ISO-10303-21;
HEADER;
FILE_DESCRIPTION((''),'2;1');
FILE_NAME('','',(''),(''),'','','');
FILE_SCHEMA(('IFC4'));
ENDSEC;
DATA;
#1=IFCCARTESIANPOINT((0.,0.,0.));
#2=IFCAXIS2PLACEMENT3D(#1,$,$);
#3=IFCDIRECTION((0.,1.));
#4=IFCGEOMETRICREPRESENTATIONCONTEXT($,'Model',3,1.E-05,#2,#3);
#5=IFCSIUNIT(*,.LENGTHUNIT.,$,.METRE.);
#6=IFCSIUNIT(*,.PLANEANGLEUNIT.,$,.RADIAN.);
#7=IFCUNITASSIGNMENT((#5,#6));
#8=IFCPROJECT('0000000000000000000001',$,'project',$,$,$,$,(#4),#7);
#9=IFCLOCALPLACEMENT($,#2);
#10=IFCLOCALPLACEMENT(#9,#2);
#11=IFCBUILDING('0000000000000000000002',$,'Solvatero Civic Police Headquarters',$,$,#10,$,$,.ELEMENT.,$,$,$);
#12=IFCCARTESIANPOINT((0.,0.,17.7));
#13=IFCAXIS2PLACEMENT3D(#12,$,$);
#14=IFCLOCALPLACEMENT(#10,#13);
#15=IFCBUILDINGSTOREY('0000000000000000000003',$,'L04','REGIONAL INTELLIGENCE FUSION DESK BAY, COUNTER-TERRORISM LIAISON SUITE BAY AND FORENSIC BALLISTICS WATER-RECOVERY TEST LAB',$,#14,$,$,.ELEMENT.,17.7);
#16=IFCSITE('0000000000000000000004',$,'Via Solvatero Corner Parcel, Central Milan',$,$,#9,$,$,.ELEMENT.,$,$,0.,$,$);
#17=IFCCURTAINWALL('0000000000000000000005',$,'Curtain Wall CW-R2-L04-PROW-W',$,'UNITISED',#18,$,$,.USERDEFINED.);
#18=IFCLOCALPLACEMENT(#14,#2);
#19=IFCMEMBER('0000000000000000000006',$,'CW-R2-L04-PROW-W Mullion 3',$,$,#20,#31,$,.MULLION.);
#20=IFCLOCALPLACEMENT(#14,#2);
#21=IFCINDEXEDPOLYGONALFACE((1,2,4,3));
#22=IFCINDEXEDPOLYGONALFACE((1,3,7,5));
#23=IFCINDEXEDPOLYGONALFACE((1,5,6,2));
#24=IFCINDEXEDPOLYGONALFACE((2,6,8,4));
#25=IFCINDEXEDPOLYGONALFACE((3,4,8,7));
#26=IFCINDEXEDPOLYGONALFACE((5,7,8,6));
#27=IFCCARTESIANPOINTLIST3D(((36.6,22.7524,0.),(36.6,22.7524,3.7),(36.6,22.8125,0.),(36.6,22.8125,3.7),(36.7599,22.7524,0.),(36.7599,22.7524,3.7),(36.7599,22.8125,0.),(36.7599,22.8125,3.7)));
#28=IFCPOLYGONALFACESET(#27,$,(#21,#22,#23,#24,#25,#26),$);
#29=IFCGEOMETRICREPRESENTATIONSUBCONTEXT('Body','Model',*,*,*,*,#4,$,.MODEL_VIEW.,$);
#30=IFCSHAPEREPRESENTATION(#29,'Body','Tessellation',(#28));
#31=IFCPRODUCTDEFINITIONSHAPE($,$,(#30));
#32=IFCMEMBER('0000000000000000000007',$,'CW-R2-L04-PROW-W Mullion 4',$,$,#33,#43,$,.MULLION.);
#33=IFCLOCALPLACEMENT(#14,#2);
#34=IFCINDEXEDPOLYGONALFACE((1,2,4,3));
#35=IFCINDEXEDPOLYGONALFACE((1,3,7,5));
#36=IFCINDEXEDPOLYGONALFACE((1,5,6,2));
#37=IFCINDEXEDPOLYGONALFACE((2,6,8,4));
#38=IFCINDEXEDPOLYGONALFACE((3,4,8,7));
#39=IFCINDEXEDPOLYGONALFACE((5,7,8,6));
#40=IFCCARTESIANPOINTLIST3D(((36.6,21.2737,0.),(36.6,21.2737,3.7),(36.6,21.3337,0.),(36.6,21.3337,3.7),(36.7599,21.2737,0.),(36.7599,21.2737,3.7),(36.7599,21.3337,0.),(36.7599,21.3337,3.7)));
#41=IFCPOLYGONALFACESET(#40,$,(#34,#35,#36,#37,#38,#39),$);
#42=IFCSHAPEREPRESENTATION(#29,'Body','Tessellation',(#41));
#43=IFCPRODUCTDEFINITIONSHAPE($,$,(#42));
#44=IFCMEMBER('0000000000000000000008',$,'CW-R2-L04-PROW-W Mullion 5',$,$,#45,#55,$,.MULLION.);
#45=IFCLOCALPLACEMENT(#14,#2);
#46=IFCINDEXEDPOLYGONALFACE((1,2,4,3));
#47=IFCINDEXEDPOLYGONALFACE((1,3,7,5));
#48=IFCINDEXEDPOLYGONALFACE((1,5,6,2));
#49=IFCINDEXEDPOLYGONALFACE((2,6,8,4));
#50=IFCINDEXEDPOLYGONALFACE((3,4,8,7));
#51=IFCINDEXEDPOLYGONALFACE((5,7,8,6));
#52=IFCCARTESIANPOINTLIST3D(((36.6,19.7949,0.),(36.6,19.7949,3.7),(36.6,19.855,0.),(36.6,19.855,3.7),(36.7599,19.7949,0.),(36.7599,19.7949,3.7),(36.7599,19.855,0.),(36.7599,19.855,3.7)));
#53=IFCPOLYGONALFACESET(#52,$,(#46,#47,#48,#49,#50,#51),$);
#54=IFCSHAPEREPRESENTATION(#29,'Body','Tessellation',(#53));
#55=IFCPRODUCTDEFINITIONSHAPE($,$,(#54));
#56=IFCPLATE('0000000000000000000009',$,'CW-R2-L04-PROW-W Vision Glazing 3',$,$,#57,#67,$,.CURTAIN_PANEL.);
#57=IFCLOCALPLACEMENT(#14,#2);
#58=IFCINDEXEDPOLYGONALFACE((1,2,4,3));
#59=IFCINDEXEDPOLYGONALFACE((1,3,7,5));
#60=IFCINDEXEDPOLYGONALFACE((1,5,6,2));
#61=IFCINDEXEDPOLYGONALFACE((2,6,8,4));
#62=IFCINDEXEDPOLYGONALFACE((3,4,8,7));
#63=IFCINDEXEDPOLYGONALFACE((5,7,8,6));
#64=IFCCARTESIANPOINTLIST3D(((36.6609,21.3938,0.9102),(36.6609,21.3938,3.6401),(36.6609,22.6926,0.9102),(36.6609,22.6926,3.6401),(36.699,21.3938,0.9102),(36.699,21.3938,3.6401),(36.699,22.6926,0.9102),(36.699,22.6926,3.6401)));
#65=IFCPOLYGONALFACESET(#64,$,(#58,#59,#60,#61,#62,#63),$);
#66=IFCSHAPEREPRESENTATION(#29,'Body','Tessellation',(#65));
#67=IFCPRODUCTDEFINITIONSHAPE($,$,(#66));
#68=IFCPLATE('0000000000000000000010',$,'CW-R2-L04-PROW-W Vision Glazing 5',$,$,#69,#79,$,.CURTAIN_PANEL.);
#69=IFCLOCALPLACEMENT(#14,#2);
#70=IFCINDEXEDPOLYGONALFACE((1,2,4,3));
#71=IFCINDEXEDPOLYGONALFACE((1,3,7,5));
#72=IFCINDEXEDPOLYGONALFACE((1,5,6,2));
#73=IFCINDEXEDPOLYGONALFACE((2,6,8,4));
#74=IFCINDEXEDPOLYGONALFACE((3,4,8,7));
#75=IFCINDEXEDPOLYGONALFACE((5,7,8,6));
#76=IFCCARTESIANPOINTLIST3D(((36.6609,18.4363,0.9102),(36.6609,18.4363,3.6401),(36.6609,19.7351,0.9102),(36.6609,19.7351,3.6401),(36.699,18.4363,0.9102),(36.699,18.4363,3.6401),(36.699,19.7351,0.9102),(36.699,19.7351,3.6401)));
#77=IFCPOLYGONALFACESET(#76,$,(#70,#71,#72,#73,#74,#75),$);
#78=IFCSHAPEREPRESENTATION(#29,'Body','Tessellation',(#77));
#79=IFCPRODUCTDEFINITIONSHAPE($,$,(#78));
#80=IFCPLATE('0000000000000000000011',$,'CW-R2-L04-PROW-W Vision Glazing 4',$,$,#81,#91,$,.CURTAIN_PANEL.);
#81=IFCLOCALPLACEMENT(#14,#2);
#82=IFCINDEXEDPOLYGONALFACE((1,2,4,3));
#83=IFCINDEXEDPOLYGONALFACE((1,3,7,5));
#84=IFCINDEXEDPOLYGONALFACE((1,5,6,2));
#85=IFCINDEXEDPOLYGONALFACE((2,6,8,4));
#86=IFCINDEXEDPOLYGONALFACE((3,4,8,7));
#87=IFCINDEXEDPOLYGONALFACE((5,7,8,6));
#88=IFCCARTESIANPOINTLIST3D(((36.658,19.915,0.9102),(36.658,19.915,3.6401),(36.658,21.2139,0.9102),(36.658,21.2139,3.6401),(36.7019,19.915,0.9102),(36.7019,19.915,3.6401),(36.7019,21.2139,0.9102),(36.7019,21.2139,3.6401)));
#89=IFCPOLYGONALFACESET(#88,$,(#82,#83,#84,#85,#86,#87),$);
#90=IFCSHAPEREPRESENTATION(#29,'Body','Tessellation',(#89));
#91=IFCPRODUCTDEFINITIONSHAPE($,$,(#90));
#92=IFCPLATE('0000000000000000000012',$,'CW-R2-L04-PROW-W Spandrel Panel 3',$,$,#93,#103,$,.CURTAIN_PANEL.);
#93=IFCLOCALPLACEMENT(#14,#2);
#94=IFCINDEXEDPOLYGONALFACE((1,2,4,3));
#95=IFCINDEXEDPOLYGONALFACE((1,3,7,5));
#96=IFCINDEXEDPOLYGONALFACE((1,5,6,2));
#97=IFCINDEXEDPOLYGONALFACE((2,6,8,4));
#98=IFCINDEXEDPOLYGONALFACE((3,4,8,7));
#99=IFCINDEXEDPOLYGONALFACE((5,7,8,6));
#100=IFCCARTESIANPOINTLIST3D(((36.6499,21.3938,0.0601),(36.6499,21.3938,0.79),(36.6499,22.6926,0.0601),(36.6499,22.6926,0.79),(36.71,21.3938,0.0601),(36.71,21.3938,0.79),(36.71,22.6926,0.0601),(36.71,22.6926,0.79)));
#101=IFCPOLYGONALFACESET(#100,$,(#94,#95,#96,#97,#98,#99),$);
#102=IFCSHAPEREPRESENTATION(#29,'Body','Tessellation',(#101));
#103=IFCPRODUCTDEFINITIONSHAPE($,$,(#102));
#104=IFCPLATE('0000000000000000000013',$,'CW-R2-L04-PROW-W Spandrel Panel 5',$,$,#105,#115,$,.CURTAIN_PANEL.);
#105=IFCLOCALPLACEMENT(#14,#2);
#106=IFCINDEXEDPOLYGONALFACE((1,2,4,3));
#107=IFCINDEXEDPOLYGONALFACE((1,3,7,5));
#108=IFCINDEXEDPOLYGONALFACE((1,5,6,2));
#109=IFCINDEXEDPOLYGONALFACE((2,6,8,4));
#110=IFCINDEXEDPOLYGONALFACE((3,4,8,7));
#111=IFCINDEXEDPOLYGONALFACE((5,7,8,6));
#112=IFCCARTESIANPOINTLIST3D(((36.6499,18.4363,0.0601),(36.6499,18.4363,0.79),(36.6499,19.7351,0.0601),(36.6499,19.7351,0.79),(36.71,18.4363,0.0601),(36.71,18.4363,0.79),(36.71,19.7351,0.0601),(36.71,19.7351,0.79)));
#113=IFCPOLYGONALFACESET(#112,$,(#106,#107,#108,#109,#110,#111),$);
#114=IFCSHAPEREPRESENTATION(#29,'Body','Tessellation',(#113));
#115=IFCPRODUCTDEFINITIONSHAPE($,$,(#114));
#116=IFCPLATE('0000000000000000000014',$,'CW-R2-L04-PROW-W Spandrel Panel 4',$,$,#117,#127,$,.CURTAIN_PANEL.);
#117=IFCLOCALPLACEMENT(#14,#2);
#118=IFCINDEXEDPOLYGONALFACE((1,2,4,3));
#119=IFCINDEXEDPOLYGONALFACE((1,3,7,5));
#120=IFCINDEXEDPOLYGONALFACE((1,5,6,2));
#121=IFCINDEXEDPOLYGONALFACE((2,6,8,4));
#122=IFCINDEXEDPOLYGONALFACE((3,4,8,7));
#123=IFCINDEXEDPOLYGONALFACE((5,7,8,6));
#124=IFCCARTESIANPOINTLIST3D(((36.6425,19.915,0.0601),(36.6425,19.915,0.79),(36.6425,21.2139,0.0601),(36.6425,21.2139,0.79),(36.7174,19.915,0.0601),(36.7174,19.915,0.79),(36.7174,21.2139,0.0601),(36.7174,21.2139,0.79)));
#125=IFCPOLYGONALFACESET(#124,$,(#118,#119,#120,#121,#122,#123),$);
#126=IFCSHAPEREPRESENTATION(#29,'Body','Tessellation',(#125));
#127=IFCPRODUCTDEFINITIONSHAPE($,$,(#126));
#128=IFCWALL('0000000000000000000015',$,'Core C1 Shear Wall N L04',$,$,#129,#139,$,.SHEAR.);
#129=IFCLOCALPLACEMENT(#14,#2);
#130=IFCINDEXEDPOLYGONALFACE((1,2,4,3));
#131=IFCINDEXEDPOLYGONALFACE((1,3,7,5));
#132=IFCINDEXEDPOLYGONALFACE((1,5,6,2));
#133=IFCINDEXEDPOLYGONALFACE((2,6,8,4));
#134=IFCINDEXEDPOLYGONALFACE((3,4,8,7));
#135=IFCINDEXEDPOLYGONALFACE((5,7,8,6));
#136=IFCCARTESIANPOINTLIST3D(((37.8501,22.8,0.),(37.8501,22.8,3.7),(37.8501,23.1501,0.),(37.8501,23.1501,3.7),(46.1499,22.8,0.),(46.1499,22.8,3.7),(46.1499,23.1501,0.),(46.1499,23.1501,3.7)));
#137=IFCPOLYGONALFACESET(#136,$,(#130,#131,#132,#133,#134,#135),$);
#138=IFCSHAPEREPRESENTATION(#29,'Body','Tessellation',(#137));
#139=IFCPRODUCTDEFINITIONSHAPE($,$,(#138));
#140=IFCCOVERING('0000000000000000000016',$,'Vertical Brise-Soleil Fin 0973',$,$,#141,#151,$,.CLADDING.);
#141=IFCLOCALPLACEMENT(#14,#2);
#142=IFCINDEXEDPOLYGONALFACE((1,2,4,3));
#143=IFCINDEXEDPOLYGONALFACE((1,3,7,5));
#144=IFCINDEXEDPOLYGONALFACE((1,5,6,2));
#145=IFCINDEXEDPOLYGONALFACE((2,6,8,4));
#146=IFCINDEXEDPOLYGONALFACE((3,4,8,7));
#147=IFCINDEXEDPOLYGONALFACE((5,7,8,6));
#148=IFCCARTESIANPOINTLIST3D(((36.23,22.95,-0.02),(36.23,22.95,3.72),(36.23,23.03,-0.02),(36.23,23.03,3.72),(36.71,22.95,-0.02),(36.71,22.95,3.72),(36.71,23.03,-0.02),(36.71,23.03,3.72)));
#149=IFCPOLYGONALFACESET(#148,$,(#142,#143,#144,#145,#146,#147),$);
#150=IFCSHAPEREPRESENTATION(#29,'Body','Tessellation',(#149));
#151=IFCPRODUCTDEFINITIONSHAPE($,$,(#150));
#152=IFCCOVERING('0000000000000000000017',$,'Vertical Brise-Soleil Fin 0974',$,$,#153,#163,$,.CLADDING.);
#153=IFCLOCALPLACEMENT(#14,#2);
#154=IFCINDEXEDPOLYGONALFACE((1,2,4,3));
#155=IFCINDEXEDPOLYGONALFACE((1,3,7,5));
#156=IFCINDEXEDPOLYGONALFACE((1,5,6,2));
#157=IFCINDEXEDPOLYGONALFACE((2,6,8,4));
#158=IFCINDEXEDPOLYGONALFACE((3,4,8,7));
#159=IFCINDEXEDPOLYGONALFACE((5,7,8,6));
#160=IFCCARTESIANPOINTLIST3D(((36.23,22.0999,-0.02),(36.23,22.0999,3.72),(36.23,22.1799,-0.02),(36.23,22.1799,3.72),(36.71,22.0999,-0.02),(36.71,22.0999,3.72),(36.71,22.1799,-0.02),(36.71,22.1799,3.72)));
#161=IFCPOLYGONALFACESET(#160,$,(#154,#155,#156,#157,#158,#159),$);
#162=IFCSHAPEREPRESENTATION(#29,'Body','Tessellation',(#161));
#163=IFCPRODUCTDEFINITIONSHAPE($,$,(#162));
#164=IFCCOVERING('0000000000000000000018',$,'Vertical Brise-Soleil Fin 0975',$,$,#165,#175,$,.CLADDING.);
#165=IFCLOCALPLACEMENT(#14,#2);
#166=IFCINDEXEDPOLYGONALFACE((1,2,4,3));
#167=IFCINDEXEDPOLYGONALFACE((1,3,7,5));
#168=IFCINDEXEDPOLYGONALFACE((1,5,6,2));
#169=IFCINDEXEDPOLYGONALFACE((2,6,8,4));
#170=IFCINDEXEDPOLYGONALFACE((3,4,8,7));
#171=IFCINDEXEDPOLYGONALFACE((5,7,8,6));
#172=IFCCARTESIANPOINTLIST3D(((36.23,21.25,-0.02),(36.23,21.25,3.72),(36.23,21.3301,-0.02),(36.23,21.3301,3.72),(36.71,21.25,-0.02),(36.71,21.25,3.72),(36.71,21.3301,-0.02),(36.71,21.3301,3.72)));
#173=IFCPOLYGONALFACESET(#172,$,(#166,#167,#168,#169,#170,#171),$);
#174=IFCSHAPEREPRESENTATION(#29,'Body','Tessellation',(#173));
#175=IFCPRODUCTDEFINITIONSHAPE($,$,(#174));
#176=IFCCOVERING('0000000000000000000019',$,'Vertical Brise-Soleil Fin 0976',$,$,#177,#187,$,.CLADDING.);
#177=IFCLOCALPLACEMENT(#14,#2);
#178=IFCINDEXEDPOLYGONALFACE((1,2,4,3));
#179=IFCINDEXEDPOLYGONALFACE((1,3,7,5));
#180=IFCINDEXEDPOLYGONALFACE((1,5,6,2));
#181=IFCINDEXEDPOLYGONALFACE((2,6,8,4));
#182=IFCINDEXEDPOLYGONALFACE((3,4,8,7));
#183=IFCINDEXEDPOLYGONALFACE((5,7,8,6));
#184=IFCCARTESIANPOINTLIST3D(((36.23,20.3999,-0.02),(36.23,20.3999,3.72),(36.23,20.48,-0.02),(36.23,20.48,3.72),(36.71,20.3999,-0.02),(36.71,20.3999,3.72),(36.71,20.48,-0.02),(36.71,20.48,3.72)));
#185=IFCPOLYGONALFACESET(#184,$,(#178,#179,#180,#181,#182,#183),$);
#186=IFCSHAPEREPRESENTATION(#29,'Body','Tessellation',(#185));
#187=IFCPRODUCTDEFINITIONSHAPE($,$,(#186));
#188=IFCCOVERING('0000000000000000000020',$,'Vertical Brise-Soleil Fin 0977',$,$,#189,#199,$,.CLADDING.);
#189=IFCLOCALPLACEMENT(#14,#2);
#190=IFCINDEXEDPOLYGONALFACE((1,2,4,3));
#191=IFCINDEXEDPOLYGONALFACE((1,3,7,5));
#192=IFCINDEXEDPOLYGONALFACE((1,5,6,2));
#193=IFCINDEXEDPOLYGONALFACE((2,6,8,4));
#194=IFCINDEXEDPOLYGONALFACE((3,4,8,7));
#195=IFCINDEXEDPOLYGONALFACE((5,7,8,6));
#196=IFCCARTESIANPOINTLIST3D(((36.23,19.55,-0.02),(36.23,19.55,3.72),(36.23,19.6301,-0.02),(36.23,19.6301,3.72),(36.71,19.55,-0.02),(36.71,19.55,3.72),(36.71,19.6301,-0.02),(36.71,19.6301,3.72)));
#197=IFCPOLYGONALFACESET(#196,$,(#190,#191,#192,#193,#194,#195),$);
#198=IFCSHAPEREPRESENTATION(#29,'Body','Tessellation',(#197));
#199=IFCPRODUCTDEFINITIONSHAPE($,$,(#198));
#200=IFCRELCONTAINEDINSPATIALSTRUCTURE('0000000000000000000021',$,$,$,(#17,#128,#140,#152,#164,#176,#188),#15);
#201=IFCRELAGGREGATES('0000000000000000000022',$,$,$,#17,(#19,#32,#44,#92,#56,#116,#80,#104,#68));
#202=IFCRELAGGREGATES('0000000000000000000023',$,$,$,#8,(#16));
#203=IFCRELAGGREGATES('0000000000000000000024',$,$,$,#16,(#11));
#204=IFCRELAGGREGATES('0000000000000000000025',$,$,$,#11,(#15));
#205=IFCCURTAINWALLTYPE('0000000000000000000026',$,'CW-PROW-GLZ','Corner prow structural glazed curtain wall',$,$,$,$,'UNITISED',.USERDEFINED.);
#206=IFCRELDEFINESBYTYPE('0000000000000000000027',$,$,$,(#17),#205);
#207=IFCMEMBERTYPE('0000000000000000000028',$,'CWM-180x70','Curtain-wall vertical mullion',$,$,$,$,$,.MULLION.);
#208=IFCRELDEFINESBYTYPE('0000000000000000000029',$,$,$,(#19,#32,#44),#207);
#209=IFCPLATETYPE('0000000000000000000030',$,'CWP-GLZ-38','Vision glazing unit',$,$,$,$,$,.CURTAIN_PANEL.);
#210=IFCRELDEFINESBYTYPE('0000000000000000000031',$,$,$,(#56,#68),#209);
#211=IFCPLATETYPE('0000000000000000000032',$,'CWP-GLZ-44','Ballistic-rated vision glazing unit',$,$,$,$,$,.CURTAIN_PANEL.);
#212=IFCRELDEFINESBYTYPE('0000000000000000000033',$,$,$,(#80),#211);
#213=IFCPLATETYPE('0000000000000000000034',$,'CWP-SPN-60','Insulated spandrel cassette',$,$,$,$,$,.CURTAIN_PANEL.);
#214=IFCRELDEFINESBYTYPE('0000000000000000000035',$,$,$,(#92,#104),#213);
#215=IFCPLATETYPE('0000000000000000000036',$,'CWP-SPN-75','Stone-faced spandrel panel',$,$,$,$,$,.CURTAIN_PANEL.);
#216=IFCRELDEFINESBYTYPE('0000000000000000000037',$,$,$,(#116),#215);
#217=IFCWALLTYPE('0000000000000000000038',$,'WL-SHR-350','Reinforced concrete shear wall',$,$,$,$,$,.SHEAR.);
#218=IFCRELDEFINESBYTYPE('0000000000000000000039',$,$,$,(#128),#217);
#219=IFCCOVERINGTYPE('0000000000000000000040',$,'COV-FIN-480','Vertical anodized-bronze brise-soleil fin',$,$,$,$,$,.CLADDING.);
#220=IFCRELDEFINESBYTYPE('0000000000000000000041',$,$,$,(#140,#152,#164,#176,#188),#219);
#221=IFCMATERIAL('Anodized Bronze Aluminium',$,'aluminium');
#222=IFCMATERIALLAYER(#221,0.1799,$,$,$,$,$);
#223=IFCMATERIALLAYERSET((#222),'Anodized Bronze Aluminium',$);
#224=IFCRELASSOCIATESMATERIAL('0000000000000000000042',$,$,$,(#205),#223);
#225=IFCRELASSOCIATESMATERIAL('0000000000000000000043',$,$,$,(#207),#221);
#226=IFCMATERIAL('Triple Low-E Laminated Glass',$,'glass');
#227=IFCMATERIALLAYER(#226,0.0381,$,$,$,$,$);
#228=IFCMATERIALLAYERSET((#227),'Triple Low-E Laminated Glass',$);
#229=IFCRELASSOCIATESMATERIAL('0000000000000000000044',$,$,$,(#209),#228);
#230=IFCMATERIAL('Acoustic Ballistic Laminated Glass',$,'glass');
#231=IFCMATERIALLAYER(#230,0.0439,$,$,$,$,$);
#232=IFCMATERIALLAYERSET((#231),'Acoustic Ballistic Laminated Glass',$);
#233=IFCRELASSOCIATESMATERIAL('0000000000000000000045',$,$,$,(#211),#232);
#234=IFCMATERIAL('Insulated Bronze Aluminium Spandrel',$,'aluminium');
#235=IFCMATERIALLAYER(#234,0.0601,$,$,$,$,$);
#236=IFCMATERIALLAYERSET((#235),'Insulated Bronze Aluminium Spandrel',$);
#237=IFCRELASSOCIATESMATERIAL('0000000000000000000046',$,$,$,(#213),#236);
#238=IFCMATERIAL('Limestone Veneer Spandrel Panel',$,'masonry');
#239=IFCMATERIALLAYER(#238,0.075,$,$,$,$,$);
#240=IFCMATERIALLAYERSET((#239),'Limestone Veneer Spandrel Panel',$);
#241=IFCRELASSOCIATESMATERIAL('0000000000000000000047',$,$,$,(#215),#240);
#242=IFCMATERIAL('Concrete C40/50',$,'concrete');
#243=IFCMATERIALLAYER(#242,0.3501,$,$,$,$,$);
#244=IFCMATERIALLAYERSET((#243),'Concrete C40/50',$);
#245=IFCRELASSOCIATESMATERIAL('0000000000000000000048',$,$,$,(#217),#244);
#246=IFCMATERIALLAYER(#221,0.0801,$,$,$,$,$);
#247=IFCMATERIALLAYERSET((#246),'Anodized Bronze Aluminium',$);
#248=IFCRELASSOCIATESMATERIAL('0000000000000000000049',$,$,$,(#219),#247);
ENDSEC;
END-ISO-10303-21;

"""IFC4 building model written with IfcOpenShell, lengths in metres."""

from ifc_helpers import new_model, si_unit, direction, frame, frame_2d, origin, origin_2d, place, context, subcontext, project, spatial, rectangle, extrude, material, layer, layer_set, material_profile, profile_set, type_object, element, aggregate, save


model = new_model("IFC4")

# Units and contexts
model_context = context("Model", 3, precision=1e-05, world=origin(), true_north=direction((0.0, 1.0)))
body_context = subcontext(model_context, "Body", "Model", "MODEL_VIEW")
ifc_project = project(units=[si_unit("LENGTHUNIT", "METRE"), si_unit("PLANEANGLEUNIT", "RADIAN")], contexts=[model_context])

# Site, building, storey
site_placement = place(None, origin())
site = spatial("IfcSite", under=ifc_project, at=site_placement, Name="Via Solvatero Corner Parcel, Central Milan", CompositionType="ELEMENT", RefElevation=0.0)
building_placement = place(site_placement, origin())
building = spatial("IfcBuilding", under=site, at=building_placement, Name="Solvatero Civic Police Headquarters", CompositionType="ELEMENT")
storey_placement = place(building_placement, frame((0.0, 0.0, 17.7)))
storey = spatial("IfcBuildingStorey", under=building, at=storey_placement, Name="L04", Description="REGIONAL INTELLIGENCE FUSION DESK BAY, COUNTER-TERRORISM LIAISON SUITE BAY AND FORENSIC BALLISTICS WATER-RECOVERY TEST LAB", CompositionType="ELEMENT", Elevation=17.7)

# Curtain wall, members, plates
ifc_material_1 = material(Name="Anodized Bronze Aluminium", Category="aluminium")
ifc_layer_1 = layer(ifc_material_1, 0.1799)
ifc_layer_set_1 = layer_set([ifc_layer_1], Name="Anodized Bronze Aluminium")
curtain_wall_type = type_object("IfcCurtainWallType", Name="CW-PROW-GLZ", Description="Corner prow structural glazed curtain wall", ElementType="UNITISED", PredefinedType="USERDEFINED", material=ifc_layer_set_1)
curtain_wall_placement = place(storey_placement, origin())
curtain_wall = element("IfcCurtainWall", 1, at=curtain_wall_placement, inside=storey, type_object=curtain_wall_type, Name="Curtain Wall CW-R2-L04-PROW-W", ObjectType="UNITISED", PredefinedType="USERDEFINED")
ifc_material_profile = material_profile(ifc_material_1, rectangle(XDim=0.0601, YDim=0.1599, at=origin_2d()), Name="ALU MULLION 60x160")
ifc_profile_set = profile_set([ifc_material_profile], Name="Anodized Bronze Aluminium")
member_type = type_object("IfcMemberType", Name="CWM-180x70", Description="Curtain-wall vertical mullion", PredefinedType="MULLION", material=ifc_profile_set)
member_1_placement = place(storey_placement, frame((36.6799, 22.7825, 0.0), z_axis=(0.0, 0.0, 1.0), x_axis=(0.0, -1.0, 0.0)))
member_1 = element("IfcMember", 2, at=member_1_placement, type_object=member_type, Name="CW-R2-L04-PROW-W Mullion 3", PredefinedType="MULLION", context=body_context, shape_type="SweptSolid", body=[
    extrude(rectangle(XDim=0.0601, YDim=0.1599, at=origin_2d()), origin(), (0.0, 0.0, 1.0), 3.7),
])
member_2_placement = place(storey_placement, frame((36.6799, 21.3037, 0.0), z_axis=(0.0, 0.0, 1.0), x_axis=(0.0, -1.0, 0.0)))
member_2 = element("IfcMember", 3, at=member_2_placement, type_object=member_type, Name="CW-R2-L04-PROW-W Mullion 4", PredefinedType="MULLION", context=body_context, shape_type="SweptSolid", body=[
    extrude(rectangle(XDim=0.0601, YDim=0.1599, at=origin_2d()), origin(), (0.0, 0.0, 1.0), 3.7),
])
member_3_placement = place(storey_placement, frame((36.6799, 19.825, 0.0), z_axis=(0.0, 0.0, 1.0), x_axis=(0.0, -1.0, 0.0)))
member_3 = element("IfcMember", 4, at=member_3_placement, type_object=member_type, Name="CW-R2-L04-PROW-W Mullion 5", PredefinedType="MULLION", context=body_context, shape_type="SweptSolid", body=[
    extrude(rectangle(XDim=0.0601, YDim=0.1599, at=origin_2d()), origin(), (0.0, 0.0, 1.0), 3.7),
])
ifc_material_2 = material(Name="Triple Low-E Laminated Glass", Category="glass")
ifc_layer_2 = layer(ifc_material_2, 0.0381)
ifc_layer_set_2 = layer_set([ifc_layer_2], Name="Triple Low-E Laminated Glass")
plate_type_1 = type_object("IfcPlateType", Name="CWP-GLZ-38", Description="Vision glazing unit", PredefinedType="CURTAIN_PANEL", material=ifc_layer_set_2)
plate_1_placement = place(storey_placement, frame((36.6799, 22.0432, 0.9102), z_axis=(0.0, 0.0, 1.0), x_axis=(0.0, -1.0, 0.0)))
plate_1 = element("IfcPlate", 5, at=plate_1_placement, type_object=plate_type_1, Name="CW-R2-L04-PROW-W Vision Glazing 3", PredefinedType="CURTAIN_PANEL", context=body_context, shape_type="SweptSolid", body=[
    extrude(rectangle(XDim=1.2988, YDim=0.0381, at=origin_2d()), origin(), (0.0, 0.0, 1.0), 2.73),
])
plate_2_placement = place(storey_placement, frame((36.6799, 19.0857, 0.9102), z_axis=(0.0, 0.0, 1.0), x_axis=(0.0, -1.0, 0.0)))
plate_2 = element("IfcPlate", 6, at=plate_2_placement, type_object=plate_type_1, Name="CW-R2-L04-PROW-W Vision Glazing 5", PredefinedType="CURTAIN_PANEL", context=body_context, shape_type="SweptSolid", body=[
    extrude(rectangle(XDim=1.2988, YDim=0.0381, at=origin_2d()), origin(), (0.0, 0.0, 1.0), 2.73),
])
ifc_material_3 = material(Name="Acoustic Ballistic Laminated Glass", Category="glass")
ifc_layer_3 = layer(ifc_material_3, 0.0439)
ifc_layer_set_3 = layer_set([ifc_layer_3], Name="Acoustic Ballistic Laminated Glass")
plate_type_2 = type_object("IfcPlateType", Name="CWP-GLZ-44", Description="Ballistic-rated vision glazing unit", PredefinedType="CURTAIN_PANEL", material=ifc_layer_set_3)
plate_3_placement = place(storey_placement, frame((36.6799, 20.5645, 0.9102), z_axis=(0.0, 0.0, 1.0), x_axis=(0.0, -1.0, 0.0)))
plate_3 = element("IfcPlate", 7, at=plate_3_placement, type_object=plate_type_2, Name="CW-R2-L04-PROW-W Vision Glazing 4", PredefinedType="CURTAIN_PANEL", context=body_context, shape_type="SweptSolid", body=[
    extrude(rectangle(XDim=1.2988, YDim=0.0439, at=origin_2d()), origin(), (0.0, 0.0, 1.0), 2.73),
])
ifc_material_4 = material(Name="Insulated Bronze Aluminium Spandrel", Category="aluminium")
ifc_layer_4 = layer(ifc_material_4, 0.0601)
ifc_layer_set_4 = layer_set([ifc_layer_4], Name="Insulated Bronze Aluminium Spandrel")
plate_type_3 = type_object("IfcPlateType", Name="CWP-SPN-60", Description="Insulated spandrel cassette", PredefinedType="CURTAIN_PANEL", material=ifc_layer_set_4)
plate_4_placement = place(storey_placement, frame((36.6799, 22.0432, 0.0601), z_axis=(0.0, 0.0, 1.0), x_axis=(0.0, -1.0, 0.0)))
plate_4 = element("IfcPlate", 8, at=plate_4_placement, type_object=plate_type_3, Name="CW-R2-L04-PROW-W Spandrel Panel 3", PredefinedType="CURTAIN_PANEL", context=body_context, shape_type="SweptSolid", body=[
    extrude(rectangle(XDim=1.2988, YDim=0.0601, at=origin_2d()), origin(), (0.0, 0.0, 1.0), 0.73),
])
plate_5_placement = place(storey_placement, frame((36.6799, 19.0857, 0.0601), z_axis=(0.0, 0.0, 1.0), x_axis=(0.0, -1.0, 0.0)))
plate_5 = element("IfcPlate", 9, at=plate_5_placement, type_object=plate_type_3, Name="CW-R2-L04-PROW-W Spandrel Panel 5", PredefinedType="CURTAIN_PANEL", context=body_context, shape_type="SweptSolid", body=[
    extrude(rectangle(XDim=1.2988, YDim=0.0601, at=origin_2d()), origin(), (0.0, 0.0, 1.0), 0.73),
])
ifc_material_5 = material(Name="Limestone Veneer Spandrel Panel", Category="masonry")
ifc_layer_5 = layer(ifc_material_5, 0.075)
ifc_layer_set_5 = layer_set([ifc_layer_5], Name="Limestone Veneer Spandrel Panel")
plate_type_4 = type_object("IfcPlateType", Name="CWP-SPN-75", Description="Stone-faced spandrel panel", PredefinedType="CURTAIN_PANEL", material=ifc_layer_set_5)
plate_6_placement = place(storey_placement, frame((36.6799, 20.5645, 0.0601), z_axis=(0.0, 0.0, 1.0), x_axis=(0.0, -1.0, 0.0)))
plate_6 = element("IfcPlate", 10, at=plate_6_placement, type_object=plate_type_4, Name="CW-R2-L04-PROW-W Spandrel Panel 4", PredefinedType="CURTAIN_PANEL", context=body_context, shape_type="SweptSolid", body=[
    extrude(rectangle(XDim=1.2988, YDim=0.075, at=origin_2d()), origin(), (0.0, 0.0, 1.0), 0.73),
])
aggregate(curtain_wall, [member_1, member_2, member_3, plate_4, plate_1, plate_6, plate_3, plate_5, plate_2])

# Wall
ifc_material_6 = material(Name="Concrete C40/50", Category="concrete")
ifc_layer_6 = layer(ifc_material_6, 0.3501)
ifc_layer_set_6 = layer_set([ifc_layer_6], Name="Concrete C40/50")
wall_type = type_object("IfcWallType", Name="WL-SHR-350", Description="Reinforced concrete shear wall", PredefinedType="SHEAR", material=ifc_layer_set_6)
wall_placement = place(storey_placement, frame((37.8501, 22.9751, 0.0), z_axis=(0.0, 0.0, 1.0), x_axis=(1.0, 0.0, 0.0)))
element("IfcWall", 11, at=wall_placement, inside=storey, type_object=wall_type, Name="Core C1 Shear Wall N L04", PredefinedType="SHEAR", context=body_context, shape_type="SweptSolid", body=[
    extrude(rectangle(XDim=8.2998, YDim=0.3501, at=frame_2d((4.1499, 0.0))), origin(), (0.0, 0.0, 1.0), 3.7),
])

# Coverings
ifc_layer_7 = layer(ifc_material_1, 0.0801)
ifc_layer_set_7 = layer_set([ifc_layer_7], Name="Anodized Bronze Aluminium")
covering_type = type_object("IfcCoveringType", Name="COV-FIN-480", Description="Vertical anodized-bronze brise-soleil fin", PredefinedType="CLADDING", material=ifc_layer_set_7)
for number, where, z_axis, x_axis, name in (
    (12, (36.47, 22.99, -0.02), (0.0, 0.0, 1.0), (0.0, -1.0, 0.0), "Vertical Brise-Soleil Fin 0973"),
    (13, (36.47, 22.1399, -0.02), (0.0, 0.0, 1.0), (0.0, -1.0, 0.0), "Vertical Brise-Soleil Fin 0974"),
    (14, (36.47, 21.29, -0.02), (0.0, 0.0, 1.0), (0.0, -1.0, 0.0), "Vertical Brise-Soleil Fin 0975"),
    (15, (36.47, 20.4399, -0.02), (0.0, 0.0, 1.0), (0.0, -1.0, 0.0), "Vertical Brise-Soleil Fin 0976"),
    (16, (36.47, 19.5901, -0.02), (0.0, 0.0, 1.0), (0.0, -1.0, 0.0), "Vertical Brise-Soleil Fin 0977"),
):
    element("IfcCovering", number, at=place(storey_placement, frame(where, z_axis=z_axis, x_axis=x_axis)), inside=storey, type_object=covering_type, Name=name, PredefinedType="CLADDING", context=body_context, shape_type="SweptSolid", body=[
        extrude(rectangle(XDim=0.0801, YDim=0.48, at=origin_2d()), origin(), (0.0, 0.0, 1.0), 3.74),
    ])

save(model, "model.ifc")
